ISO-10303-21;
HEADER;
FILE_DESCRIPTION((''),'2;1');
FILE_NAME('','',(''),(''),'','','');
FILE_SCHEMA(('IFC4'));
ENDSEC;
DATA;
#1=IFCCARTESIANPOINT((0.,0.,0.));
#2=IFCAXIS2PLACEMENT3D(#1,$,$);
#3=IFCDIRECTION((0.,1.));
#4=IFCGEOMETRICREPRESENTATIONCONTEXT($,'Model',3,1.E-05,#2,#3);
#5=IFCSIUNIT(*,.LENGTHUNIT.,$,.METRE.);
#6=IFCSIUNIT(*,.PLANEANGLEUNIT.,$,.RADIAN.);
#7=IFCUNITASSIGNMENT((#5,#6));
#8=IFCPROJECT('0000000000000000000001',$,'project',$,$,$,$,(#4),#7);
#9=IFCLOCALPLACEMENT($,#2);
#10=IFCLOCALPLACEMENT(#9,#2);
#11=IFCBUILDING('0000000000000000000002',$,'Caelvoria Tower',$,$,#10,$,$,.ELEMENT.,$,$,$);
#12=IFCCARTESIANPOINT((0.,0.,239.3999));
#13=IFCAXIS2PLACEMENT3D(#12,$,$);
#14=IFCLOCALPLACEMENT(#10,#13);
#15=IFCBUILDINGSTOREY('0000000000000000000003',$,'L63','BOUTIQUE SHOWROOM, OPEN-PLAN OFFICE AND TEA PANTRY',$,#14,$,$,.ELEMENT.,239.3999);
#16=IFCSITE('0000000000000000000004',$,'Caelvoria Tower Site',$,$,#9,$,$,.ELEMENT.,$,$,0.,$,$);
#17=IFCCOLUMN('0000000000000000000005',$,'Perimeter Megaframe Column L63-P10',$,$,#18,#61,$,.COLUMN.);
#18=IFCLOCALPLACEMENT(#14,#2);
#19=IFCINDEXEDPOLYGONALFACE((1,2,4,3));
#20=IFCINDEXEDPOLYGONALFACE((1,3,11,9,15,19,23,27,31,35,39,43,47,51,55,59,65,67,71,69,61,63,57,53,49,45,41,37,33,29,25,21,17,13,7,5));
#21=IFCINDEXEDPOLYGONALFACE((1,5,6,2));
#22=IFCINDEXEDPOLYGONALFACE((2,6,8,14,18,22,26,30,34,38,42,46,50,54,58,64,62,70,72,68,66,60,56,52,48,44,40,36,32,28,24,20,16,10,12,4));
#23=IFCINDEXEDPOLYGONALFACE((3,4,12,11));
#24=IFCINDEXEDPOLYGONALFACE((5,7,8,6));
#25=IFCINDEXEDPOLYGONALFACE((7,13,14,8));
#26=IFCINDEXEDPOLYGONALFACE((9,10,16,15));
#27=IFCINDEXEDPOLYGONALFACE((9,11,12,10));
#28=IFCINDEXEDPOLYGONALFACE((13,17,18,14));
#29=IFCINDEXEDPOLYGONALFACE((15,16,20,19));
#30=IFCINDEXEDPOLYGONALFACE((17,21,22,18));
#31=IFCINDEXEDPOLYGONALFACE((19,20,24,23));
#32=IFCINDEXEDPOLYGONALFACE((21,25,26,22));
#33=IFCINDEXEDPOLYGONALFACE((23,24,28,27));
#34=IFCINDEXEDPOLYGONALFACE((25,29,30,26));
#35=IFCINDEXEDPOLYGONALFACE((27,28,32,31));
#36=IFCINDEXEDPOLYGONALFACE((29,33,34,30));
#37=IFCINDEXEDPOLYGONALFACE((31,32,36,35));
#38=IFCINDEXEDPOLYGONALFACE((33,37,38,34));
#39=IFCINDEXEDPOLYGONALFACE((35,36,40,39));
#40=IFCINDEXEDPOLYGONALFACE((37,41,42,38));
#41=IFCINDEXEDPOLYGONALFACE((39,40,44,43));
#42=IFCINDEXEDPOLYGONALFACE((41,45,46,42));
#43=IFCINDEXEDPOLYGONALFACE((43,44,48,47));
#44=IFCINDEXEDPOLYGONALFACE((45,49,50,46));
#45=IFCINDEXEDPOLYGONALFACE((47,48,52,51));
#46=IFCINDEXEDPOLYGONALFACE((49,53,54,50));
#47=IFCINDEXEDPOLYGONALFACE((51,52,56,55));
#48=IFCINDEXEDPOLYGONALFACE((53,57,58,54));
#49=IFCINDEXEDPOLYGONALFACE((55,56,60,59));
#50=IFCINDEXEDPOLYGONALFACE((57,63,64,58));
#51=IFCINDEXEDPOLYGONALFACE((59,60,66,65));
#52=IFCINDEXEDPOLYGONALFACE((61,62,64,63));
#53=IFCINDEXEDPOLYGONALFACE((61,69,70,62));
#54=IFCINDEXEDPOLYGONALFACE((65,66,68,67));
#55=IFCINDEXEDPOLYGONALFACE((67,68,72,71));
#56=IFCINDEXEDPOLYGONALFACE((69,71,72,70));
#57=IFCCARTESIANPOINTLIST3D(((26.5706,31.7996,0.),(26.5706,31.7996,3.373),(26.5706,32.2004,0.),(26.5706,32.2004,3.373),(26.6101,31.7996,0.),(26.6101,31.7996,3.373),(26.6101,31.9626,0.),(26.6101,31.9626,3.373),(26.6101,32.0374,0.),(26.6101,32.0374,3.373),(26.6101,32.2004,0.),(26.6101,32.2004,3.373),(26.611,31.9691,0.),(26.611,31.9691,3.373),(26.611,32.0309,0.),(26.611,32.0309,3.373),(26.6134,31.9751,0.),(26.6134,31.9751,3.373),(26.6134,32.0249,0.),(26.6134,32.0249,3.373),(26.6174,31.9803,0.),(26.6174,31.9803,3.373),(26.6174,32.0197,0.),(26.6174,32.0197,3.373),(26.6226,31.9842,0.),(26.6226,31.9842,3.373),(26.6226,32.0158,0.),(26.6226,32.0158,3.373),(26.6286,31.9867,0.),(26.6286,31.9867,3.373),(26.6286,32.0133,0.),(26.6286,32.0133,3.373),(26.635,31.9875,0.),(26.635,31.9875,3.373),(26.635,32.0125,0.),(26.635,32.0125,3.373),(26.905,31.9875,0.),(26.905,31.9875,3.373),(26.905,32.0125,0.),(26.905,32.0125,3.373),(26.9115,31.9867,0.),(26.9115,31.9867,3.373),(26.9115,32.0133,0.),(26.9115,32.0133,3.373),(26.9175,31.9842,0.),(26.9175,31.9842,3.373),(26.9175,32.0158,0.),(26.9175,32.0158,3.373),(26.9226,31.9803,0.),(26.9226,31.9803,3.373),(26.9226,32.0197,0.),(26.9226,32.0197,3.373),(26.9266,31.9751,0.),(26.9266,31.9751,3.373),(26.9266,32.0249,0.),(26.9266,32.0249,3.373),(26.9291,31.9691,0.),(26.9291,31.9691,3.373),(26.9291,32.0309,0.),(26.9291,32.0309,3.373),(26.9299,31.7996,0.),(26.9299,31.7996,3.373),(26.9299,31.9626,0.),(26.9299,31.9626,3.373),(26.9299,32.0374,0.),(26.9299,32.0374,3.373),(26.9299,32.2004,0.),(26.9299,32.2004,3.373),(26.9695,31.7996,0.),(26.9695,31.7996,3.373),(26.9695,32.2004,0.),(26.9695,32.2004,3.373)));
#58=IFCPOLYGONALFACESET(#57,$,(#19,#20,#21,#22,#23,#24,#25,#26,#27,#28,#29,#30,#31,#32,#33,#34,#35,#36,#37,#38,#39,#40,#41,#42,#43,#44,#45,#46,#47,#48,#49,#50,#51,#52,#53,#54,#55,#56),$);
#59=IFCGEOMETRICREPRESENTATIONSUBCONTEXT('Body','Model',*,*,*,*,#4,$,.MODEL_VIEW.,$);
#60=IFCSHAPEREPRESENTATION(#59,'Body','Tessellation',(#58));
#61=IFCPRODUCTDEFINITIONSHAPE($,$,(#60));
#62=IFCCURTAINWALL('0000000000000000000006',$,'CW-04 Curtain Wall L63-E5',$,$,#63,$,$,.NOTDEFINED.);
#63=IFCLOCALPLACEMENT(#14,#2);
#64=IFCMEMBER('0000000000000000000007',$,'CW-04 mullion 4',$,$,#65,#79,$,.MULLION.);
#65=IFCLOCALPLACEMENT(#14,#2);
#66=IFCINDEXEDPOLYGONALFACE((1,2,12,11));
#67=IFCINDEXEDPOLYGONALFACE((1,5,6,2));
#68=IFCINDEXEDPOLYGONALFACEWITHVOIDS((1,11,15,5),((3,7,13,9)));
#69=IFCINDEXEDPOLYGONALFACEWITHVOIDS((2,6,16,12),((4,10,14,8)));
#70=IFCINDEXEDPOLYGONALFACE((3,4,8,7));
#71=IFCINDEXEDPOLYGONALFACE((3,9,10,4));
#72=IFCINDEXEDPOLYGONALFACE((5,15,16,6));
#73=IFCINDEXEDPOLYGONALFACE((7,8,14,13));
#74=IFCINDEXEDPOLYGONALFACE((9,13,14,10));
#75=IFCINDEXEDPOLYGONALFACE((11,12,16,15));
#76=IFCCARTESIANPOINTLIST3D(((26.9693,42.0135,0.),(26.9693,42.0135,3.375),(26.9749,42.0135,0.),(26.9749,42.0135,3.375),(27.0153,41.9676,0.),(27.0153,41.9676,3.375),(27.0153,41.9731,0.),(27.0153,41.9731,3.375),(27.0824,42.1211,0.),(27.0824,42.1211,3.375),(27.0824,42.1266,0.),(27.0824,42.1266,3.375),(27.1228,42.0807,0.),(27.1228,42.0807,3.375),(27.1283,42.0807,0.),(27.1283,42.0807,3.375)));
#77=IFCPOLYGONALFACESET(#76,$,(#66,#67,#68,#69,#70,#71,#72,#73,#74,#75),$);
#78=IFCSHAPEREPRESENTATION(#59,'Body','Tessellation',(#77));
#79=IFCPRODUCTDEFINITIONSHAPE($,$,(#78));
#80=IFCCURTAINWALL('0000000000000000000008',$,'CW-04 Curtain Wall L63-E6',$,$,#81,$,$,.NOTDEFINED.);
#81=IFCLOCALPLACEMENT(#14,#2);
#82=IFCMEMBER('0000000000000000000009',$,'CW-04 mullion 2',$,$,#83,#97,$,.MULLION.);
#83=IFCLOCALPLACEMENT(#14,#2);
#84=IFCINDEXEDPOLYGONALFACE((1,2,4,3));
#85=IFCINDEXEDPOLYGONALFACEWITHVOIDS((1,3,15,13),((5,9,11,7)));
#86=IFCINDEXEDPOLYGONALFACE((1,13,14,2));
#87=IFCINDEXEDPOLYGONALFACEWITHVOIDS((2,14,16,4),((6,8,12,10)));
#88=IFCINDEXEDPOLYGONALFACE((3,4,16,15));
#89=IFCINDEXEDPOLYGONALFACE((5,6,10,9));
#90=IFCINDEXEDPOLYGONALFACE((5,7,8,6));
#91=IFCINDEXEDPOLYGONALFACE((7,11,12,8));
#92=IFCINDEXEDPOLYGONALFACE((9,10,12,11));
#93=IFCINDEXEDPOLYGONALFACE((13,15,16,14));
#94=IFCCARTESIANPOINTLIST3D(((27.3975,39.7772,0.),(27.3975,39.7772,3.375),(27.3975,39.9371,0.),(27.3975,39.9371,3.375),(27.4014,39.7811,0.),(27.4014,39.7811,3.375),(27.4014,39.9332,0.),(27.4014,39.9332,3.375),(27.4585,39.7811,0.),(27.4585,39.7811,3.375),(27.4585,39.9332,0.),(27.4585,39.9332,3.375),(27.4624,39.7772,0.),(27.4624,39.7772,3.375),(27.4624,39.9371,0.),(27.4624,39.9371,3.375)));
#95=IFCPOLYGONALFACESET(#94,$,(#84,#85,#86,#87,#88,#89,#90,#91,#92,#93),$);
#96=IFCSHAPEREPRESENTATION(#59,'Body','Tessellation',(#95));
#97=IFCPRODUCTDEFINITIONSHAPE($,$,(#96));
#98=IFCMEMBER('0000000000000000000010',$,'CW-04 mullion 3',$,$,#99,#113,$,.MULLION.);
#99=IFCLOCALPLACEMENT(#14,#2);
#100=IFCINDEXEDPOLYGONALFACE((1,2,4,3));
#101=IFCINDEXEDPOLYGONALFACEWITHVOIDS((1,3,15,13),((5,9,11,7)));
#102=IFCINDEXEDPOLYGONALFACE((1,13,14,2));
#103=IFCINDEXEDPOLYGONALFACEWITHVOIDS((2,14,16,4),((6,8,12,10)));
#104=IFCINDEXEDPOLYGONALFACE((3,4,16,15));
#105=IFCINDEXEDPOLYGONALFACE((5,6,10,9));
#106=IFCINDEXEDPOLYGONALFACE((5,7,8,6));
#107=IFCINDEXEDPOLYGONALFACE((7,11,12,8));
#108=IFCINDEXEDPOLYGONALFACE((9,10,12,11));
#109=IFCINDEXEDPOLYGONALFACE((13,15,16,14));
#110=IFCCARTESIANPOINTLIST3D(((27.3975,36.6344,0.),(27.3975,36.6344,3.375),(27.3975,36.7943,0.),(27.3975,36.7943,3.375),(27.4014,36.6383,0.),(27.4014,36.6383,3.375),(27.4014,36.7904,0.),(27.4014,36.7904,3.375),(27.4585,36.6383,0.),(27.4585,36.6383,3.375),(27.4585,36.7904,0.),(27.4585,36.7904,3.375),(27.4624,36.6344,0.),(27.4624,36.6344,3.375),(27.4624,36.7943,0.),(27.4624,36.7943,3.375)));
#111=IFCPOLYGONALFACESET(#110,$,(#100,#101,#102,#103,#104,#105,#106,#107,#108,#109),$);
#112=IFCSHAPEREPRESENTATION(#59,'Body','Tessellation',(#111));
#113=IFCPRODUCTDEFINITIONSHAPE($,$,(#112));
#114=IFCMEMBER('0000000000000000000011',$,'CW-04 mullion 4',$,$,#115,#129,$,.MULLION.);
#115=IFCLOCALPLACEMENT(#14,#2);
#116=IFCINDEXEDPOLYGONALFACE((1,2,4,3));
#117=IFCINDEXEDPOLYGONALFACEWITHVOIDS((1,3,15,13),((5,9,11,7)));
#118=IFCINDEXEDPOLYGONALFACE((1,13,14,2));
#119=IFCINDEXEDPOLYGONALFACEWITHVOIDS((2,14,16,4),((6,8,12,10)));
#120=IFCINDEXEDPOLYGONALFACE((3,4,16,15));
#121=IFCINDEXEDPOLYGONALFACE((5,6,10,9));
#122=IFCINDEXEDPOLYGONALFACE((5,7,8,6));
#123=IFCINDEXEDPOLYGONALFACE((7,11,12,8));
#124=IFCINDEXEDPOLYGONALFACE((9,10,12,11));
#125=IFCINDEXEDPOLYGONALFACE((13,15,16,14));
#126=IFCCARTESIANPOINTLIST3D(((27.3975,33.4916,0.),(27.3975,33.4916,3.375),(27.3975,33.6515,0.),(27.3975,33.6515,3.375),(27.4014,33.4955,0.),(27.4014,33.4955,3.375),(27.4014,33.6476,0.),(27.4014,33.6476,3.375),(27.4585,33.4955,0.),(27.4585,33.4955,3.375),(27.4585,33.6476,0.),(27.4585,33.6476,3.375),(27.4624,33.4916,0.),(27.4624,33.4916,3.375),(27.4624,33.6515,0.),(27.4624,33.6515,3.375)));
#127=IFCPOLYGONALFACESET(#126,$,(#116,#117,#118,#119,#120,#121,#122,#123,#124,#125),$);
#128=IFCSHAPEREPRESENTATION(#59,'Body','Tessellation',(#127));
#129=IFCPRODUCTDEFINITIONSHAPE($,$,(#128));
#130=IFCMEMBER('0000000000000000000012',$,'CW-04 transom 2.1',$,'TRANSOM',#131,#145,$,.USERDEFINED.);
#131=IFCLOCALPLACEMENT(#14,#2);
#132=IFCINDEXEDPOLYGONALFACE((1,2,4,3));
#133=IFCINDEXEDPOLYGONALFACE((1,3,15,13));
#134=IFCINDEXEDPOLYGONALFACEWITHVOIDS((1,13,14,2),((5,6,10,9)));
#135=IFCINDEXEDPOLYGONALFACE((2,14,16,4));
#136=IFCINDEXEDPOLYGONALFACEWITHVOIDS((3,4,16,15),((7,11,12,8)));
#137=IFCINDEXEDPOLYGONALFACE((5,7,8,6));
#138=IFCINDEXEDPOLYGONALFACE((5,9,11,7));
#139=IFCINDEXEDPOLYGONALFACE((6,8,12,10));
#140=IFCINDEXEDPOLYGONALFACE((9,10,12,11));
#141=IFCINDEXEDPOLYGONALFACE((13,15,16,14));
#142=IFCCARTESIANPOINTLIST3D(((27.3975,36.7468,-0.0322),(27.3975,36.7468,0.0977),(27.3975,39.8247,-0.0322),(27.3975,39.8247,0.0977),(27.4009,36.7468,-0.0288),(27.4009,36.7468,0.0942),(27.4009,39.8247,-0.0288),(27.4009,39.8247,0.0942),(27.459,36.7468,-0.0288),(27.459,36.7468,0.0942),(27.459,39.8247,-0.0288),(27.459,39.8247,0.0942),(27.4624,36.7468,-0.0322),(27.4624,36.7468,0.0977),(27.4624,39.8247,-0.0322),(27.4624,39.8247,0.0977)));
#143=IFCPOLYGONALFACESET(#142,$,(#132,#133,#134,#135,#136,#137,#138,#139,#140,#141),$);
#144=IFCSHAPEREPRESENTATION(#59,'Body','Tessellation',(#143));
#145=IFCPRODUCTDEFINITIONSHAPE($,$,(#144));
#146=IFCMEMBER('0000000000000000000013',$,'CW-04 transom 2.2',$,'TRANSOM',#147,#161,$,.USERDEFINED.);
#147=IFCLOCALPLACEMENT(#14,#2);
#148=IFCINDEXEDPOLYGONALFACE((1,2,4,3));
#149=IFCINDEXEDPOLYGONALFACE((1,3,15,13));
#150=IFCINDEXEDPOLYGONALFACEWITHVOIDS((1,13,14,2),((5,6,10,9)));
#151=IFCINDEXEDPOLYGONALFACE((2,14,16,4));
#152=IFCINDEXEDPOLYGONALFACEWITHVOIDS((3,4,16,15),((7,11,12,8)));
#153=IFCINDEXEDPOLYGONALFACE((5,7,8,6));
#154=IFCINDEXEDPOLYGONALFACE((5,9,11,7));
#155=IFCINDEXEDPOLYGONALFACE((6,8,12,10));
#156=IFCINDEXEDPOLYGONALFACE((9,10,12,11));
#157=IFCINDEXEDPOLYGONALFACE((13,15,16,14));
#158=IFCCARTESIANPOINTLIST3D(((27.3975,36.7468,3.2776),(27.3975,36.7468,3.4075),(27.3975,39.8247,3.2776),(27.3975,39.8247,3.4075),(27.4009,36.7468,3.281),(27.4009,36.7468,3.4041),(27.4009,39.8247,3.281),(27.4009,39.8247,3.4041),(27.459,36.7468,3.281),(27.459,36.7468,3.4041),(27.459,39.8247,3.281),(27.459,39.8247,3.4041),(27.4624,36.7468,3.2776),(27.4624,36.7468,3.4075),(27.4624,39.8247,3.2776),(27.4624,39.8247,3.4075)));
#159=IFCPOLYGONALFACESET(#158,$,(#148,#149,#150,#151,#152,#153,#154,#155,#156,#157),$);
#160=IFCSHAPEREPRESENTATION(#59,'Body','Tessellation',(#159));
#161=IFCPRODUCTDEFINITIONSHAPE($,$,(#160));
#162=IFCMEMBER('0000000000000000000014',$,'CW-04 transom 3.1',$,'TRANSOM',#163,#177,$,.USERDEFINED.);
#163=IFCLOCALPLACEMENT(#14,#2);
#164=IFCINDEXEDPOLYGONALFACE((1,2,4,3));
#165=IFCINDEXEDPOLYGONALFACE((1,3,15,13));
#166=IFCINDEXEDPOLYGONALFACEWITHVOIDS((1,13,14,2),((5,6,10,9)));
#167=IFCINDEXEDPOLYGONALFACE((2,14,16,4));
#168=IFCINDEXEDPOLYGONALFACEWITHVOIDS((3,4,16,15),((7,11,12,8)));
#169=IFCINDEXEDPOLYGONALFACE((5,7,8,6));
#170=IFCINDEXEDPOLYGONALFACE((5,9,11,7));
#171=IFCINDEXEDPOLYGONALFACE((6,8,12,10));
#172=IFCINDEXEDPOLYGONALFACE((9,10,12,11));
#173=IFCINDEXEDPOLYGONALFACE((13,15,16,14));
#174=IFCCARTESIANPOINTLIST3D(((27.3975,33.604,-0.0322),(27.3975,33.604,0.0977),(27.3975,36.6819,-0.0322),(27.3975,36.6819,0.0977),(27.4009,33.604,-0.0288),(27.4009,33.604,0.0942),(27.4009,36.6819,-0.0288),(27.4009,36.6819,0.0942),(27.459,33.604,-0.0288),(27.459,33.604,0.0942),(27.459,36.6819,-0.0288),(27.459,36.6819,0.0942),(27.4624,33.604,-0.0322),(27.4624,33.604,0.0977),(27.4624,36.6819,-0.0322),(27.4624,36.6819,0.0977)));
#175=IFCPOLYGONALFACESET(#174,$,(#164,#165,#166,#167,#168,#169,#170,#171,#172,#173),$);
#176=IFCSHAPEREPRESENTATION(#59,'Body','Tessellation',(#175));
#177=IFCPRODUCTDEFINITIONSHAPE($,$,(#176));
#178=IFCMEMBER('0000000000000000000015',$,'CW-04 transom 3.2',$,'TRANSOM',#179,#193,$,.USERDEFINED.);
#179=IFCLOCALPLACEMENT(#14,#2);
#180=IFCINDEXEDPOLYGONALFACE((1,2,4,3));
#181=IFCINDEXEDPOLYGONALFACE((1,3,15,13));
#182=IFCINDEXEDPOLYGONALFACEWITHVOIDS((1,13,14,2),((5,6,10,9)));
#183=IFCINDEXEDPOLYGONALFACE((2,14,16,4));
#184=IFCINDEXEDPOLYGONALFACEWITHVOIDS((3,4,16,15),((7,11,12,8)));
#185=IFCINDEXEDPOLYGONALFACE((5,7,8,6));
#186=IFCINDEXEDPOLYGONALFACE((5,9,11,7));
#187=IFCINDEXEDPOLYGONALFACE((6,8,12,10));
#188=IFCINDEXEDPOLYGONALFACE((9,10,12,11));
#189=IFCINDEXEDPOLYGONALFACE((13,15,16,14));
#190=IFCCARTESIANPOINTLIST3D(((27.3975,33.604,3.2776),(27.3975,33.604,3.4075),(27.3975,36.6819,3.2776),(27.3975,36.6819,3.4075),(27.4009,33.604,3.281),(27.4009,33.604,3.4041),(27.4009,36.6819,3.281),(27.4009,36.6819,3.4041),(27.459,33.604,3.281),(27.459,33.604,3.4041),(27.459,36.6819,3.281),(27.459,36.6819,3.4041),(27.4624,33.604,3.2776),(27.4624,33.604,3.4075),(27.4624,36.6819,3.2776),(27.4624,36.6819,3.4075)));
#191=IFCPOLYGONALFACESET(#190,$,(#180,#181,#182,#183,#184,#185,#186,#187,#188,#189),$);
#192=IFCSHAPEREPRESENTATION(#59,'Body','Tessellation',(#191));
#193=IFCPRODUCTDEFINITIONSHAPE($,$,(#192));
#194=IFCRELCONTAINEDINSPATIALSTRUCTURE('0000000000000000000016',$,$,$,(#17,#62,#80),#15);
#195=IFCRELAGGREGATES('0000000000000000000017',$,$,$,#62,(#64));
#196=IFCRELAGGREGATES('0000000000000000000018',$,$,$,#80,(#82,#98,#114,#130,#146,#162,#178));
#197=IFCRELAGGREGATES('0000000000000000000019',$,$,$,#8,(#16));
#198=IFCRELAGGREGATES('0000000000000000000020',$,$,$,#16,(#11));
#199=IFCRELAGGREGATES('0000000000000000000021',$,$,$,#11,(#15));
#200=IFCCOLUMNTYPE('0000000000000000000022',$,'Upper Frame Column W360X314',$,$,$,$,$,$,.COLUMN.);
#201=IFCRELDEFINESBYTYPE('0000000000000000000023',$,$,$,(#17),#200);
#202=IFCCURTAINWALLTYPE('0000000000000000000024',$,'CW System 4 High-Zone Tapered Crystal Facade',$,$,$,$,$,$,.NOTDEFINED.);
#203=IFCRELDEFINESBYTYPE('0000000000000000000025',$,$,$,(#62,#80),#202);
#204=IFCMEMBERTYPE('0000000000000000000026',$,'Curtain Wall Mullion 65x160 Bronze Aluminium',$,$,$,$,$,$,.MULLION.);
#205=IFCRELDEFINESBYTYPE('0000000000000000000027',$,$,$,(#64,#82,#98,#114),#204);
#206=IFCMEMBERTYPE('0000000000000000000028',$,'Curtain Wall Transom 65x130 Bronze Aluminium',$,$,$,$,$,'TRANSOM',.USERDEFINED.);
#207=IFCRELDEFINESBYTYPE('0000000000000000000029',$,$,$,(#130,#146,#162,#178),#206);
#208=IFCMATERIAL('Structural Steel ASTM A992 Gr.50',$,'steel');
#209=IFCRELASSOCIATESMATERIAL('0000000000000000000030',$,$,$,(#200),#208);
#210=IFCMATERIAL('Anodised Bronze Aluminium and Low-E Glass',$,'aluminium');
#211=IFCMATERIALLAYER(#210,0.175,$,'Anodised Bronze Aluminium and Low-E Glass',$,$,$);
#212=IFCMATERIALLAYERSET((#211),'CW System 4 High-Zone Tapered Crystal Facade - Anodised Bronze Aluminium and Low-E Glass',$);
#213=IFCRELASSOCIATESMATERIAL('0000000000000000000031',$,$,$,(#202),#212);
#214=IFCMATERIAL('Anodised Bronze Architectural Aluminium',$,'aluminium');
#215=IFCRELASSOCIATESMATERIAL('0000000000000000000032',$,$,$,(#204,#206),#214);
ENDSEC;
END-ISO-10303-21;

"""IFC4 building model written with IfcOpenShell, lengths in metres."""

from ifc_helpers import new_model, si_unit, direction, frame, origin, origin_2d, place, context, subcontext, project, spatial, hollow_rectangle, i_section, extrude, material, layer, layer_set, material_profile, profile_set, type_object, element, aggregate, save


model = new_model("IFC4")

# Units and contexts
model_context = context("Model", 3, precision=1e-05, world=origin(), true_north=direction((0.0, 1.0)))
body_context = subcontext(model_context, "Body", "Model", "MODEL_VIEW")
ifc_project = project(units=[si_unit("LENGTHUNIT", "METRE"), si_unit("PLANEANGLEUNIT", "RADIAN")], contexts=[model_context])

# Site, building, storey
site_placement = place(None, origin())
site = spatial("IfcSite", under=ifc_project, at=site_placement, Name="Caelvoria Tower Site", CompositionType="ELEMENT", RefElevation=0.0)
building_placement = place(site_placement, origin())
building = spatial("IfcBuilding", under=site, at=building_placement, Name="Caelvoria Tower", CompositionType="ELEMENT")
storey_placement = place(building_placement, frame((0.0, 0.0, 239.3999)))
storey = spatial("IfcBuildingStorey", under=building, at=storey_placement, Name="L63", Description="BOUTIQUE SHOWROOM, OPEN-PLAN OFFICE AND TEA PANTRY", CompositionType="ELEMENT", Elevation=239.3999)

# Column
ifc_material_1 = material(Name="Structural Steel ASTM A992 Gr.50", Category="steel")
ifc_material_profile_1 = material_profile(ifc_material_1, i_section(OverallWidth=0.4009, OverallDepth=0.3989, WebThickness=0.0249, FlangeThickness=0.0396, FilletRadius=0.0249, at=origin_2d()), Name="Structural Steel ASTM A992 Gr.50")
ifc_profile_set_1 = profile_set([ifc_material_profile_1], Name="W360X314 - Structural Steel ASTM A992 Gr.50")
column_type = type_object("IfcColumnType", Name="Upper Frame Column W360X314", PredefinedType="COLUMN", material=ifc_profile_set_1)
column_placement = place(storey_placement, frame((26.77, 32.0, 0.0), z_axis=(0.0, 0.0, 1.0), x_axis=(0.0, 1.0, 0.0)))
element("IfcColumn", 1, at=column_placement, inside=storey, type_object=column_type, Name="Perimeter Megaframe Column L63-P10", PredefinedType="COLUMN", context=body_context, shape_type="SweptSolid", body=[
    extrude(i_section(OverallWidth=0.4009, OverallDepth=0.3989, WebThickness=0.0249, FlangeThickness=0.0396, FilletRadius=0.0249, at=origin_2d()), origin(), (0.0, 0.0, 1.0), 3.373),
])

# Curtain wall, member
ifc_material_2 = material(Name="Anodised Bronze Aluminium and Low-E Glass", Category="aluminium")
ifc_layer_1 = layer(ifc_material_2, 0.175, Name="Anodised Bronze Aluminium and Low-E Glass")
ifc_layer_set_1 = layer_set([ifc_layer_1], Name="CW System 4 High-Zone Tapered Crystal Facade - Anodised Bronze Aluminium and Low-E Glass")
curtain_wall_type = type_object("IfcCurtainWallType", Name="CW System 4 High-Zone Tapered Crystal Facade", PredefinedType="NOTDEFINED", material=ifc_layer_set_1)
curtain_wall_1_placement = place(storey_placement, origin())
curtain_wall_1 = element("IfcCurtainWall", 2, at=curtain_wall_1_placement, inside=storey, type_object=curtain_wall_type, Name="CW-04 Curtain Wall L63-E5", PredefinedType="NOTDEFINED")
ifc_material_3 = material(Name="Anodised Bronze Architectural Aluminium", Category="aluminium")
ifc_material_profile_2 = material_profile(ifc_material_3, hollow_rectangle(XDim=0.0649, YDim=0.1599, WallThickness=0.0039, at=origin_2d()), Name="Anodised Bronze Architectural Aluminium")
ifc_profile_set_2 = profile_set([ifc_material_profile_2], Name="CW_MULL_65X160 - Anodised Bronze Architectural Aluminium")
member_type_1 = type_object("IfcMemberType", Name="Curtain Wall Mullion 65x160 Bronze Aluminium", PredefinedType="MULLION", material=ifc_profile_set_2)
member_1_placement = place(storey_placement, frame((27.0488, 42.0471, 0.0), z_axis=(0.0, 0.0, 1.0), x_axis=(0.707107, -0.707107, 0.0)))
member_1 = element("IfcMember", 3, at=member_1_placement, type_object=member_type_1, Name="CW-04 mullion 4", PredefinedType="MULLION", context=body_context, shape_type="SweptSolid", body=[
    extrude(hollow_rectangle(XDim=0.0649, YDim=0.1599, WallThickness=0.0039, at=origin_2d()), origin(), (0.0, 0.0, 1.0), 3.375),
])
aggregate(curtain_wall_1, [member_1])

# Curtain wall, members
curtain_wall_2_placement = place(storey_placement, origin())
curtain_wall_2 = element("IfcCurtainWall", 4, at=curtain_wall_2_placement, inside=storey, type_object=curtain_wall_type, Name="CW-04 Curtain Wall L63-E6", PredefinedType="NOTDEFINED")
member_2_placement = place(storey_placement, frame((27.4299, 39.8572, 0.0), z_axis=(0.0, 0.0, 1.0), x_axis=(1.0, 0.0, 0.0)))
member_2 = element("IfcMember", 5, at=member_2_placement, type_object=member_type_1, Name="CW-04 mullion 2", PredefinedType="MULLION", context=body_context, shape_type="SweptSolid", body=[
    extrude(hollow_rectangle(XDim=0.0649, YDim=0.1599, WallThickness=0.0039, at=origin_2d()), origin(), (0.0, 0.0, 1.0), 3.375),
])
member_3_placement = place(storey_placement, frame((27.4299, 36.7144, 0.0), z_axis=(0.0, 0.0, 1.0), x_axis=(1.0, 0.0, 0.0)))
member_3 = element("IfcMember", 6, at=member_3_placement, type_object=member_type_1, Name="CW-04 mullion 3", PredefinedType="MULLION", context=body_context, shape_type="SweptSolid", body=[
    extrude(hollow_rectangle(XDim=0.0649, YDim=0.1599, WallThickness=0.0039, at=origin_2d()), origin(), (0.0, 0.0, 1.0), 3.375),
])
member_4_placement = place(storey_placement, frame((27.4299, 33.5715, 0.0), z_axis=(0.0, 0.0, 1.0), x_axis=(1.0, 0.0, 0.0)))
member_4 = element("IfcMember", 7, at=member_4_placement, type_object=member_type_1, Name="CW-04 mullion 4", PredefinedType="MULLION", context=body_context, shape_type="SweptSolid", body=[
    extrude(hollow_rectangle(XDim=0.0649, YDim=0.1599, WallThickness=0.0039, at=origin_2d()), origin(), (0.0, 0.0, 1.0), 3.375),
])
ifc_material_profile_3 = material_profile(ifc_material_3, hollow_rectangle(XDim=0.0649, YDim=0.1299, WallThickness=0.0034, at=origin_2d()), Name="Anodised Bronze Architectural Aluminium")
ifc_profile_set_3 = profile_set([ifc_material_profile_3], Name="CW_TRAN_65X130 - Anodised Bronze Architectural Aluminium")
member_type_2 = type_object("IfcMemberType", Name="Curtain Wall Transom 65x130 Bronze Aluminium", ElementType="TRANSOM", PredefinedType="USERDEFINED", material=ifc_profile_set_3)
member_5_placement = place(storey_placement, frame((27.4299, 39.8247, 0.0327), z_axis=(0.0, -1.0, 0.0), x_axis=(1.0, 0.0, 0.0)))
member_5 = element("IfcMember", 8, at=member_5_placement, type_object=member_type_2, Name="CW-04 transom 2.1", ObjectType="TRANSOM", PredefinedType="USERDEFINED", context=body_context, shape_type="SweptSolid", body=[
    extrude(hollow_rectangle(XDim=0.0649, YDim=0.1299, WallThickness=0.0034, at=origin_2d()), origin(), (0.0, 0.0, 1.0), 3.0779),
])
member_6_placement = place(storey_placement, frame((27.4299, 39.8247, 3.3425), z_axis=(0.0, -1.0, 0.0), x_axis=(1.0, 0.0, 0.0)))
member_6 = element("IfcMember", 9, at=member_6_placement, type_object=member_type_2, Name="CW-04 transom 2.2", ObjectType="TRANSOM", PredefinedType="USERDEFINED", context=body_context, shape_type="SweptSolid", body=[
    extrude(hollow_rectangle(XDim=0.0649, YDim=0.1299, WallThickness=0.0034, at=origin_2d()), origin(), (0.0, 0.0, 1.0), 3.0779),
])
member_7_placement = place(storey_placement, frame((27.4299, 36.6819, 0.0327), z_axis=(0.0, -1.0, 0.0), x_axis=(1.0, 0.0, 0.0)))
member_7 = element("IfcMember", 10, at=member_7_placement, type_object=member_type_2, Name="CW-04 transom 3.1", ObjectType="TRANSOM", PredefinedType="USERDEFINED", context=body_context, shape_type="SweptSolid", body=[
    extrude(hollow_rectangle(XDim=0.0649, YDim=0.1299, WallThickness=0.0034, at=origin_2d()), origin(), (0.0, 0.0, 1.0), 3.0779),
])
member_8_placement = place(storey_placement, frame((27.4299, 36.6819, 3.3425), z_axis=(0.0, -1.0, 0.0), x_axis=(1.0, 0.0, 0.0)))
member_8 = element("IfcMember", 11, at=member_8_placement, type_object=member_type_2, Name="CW-04 transom 3.2", ObjectType="TRANSOM", PredefinedType="USERDEFINED", context=body_context, shape_type="SweptSolid", body=[
    extrude(hollow_rectangle(XDim=0.0649, YDim=0.1299, WallThickness=0.0034, at=origin_2d()), origin(), (0.0, 0.0, 1.0), 3.0779),
])

aggregate(curtain_wall_2, [member_2, member_3, member_4, member_5, member_6, member_7, member_8])

save(model, "model.ifc")
